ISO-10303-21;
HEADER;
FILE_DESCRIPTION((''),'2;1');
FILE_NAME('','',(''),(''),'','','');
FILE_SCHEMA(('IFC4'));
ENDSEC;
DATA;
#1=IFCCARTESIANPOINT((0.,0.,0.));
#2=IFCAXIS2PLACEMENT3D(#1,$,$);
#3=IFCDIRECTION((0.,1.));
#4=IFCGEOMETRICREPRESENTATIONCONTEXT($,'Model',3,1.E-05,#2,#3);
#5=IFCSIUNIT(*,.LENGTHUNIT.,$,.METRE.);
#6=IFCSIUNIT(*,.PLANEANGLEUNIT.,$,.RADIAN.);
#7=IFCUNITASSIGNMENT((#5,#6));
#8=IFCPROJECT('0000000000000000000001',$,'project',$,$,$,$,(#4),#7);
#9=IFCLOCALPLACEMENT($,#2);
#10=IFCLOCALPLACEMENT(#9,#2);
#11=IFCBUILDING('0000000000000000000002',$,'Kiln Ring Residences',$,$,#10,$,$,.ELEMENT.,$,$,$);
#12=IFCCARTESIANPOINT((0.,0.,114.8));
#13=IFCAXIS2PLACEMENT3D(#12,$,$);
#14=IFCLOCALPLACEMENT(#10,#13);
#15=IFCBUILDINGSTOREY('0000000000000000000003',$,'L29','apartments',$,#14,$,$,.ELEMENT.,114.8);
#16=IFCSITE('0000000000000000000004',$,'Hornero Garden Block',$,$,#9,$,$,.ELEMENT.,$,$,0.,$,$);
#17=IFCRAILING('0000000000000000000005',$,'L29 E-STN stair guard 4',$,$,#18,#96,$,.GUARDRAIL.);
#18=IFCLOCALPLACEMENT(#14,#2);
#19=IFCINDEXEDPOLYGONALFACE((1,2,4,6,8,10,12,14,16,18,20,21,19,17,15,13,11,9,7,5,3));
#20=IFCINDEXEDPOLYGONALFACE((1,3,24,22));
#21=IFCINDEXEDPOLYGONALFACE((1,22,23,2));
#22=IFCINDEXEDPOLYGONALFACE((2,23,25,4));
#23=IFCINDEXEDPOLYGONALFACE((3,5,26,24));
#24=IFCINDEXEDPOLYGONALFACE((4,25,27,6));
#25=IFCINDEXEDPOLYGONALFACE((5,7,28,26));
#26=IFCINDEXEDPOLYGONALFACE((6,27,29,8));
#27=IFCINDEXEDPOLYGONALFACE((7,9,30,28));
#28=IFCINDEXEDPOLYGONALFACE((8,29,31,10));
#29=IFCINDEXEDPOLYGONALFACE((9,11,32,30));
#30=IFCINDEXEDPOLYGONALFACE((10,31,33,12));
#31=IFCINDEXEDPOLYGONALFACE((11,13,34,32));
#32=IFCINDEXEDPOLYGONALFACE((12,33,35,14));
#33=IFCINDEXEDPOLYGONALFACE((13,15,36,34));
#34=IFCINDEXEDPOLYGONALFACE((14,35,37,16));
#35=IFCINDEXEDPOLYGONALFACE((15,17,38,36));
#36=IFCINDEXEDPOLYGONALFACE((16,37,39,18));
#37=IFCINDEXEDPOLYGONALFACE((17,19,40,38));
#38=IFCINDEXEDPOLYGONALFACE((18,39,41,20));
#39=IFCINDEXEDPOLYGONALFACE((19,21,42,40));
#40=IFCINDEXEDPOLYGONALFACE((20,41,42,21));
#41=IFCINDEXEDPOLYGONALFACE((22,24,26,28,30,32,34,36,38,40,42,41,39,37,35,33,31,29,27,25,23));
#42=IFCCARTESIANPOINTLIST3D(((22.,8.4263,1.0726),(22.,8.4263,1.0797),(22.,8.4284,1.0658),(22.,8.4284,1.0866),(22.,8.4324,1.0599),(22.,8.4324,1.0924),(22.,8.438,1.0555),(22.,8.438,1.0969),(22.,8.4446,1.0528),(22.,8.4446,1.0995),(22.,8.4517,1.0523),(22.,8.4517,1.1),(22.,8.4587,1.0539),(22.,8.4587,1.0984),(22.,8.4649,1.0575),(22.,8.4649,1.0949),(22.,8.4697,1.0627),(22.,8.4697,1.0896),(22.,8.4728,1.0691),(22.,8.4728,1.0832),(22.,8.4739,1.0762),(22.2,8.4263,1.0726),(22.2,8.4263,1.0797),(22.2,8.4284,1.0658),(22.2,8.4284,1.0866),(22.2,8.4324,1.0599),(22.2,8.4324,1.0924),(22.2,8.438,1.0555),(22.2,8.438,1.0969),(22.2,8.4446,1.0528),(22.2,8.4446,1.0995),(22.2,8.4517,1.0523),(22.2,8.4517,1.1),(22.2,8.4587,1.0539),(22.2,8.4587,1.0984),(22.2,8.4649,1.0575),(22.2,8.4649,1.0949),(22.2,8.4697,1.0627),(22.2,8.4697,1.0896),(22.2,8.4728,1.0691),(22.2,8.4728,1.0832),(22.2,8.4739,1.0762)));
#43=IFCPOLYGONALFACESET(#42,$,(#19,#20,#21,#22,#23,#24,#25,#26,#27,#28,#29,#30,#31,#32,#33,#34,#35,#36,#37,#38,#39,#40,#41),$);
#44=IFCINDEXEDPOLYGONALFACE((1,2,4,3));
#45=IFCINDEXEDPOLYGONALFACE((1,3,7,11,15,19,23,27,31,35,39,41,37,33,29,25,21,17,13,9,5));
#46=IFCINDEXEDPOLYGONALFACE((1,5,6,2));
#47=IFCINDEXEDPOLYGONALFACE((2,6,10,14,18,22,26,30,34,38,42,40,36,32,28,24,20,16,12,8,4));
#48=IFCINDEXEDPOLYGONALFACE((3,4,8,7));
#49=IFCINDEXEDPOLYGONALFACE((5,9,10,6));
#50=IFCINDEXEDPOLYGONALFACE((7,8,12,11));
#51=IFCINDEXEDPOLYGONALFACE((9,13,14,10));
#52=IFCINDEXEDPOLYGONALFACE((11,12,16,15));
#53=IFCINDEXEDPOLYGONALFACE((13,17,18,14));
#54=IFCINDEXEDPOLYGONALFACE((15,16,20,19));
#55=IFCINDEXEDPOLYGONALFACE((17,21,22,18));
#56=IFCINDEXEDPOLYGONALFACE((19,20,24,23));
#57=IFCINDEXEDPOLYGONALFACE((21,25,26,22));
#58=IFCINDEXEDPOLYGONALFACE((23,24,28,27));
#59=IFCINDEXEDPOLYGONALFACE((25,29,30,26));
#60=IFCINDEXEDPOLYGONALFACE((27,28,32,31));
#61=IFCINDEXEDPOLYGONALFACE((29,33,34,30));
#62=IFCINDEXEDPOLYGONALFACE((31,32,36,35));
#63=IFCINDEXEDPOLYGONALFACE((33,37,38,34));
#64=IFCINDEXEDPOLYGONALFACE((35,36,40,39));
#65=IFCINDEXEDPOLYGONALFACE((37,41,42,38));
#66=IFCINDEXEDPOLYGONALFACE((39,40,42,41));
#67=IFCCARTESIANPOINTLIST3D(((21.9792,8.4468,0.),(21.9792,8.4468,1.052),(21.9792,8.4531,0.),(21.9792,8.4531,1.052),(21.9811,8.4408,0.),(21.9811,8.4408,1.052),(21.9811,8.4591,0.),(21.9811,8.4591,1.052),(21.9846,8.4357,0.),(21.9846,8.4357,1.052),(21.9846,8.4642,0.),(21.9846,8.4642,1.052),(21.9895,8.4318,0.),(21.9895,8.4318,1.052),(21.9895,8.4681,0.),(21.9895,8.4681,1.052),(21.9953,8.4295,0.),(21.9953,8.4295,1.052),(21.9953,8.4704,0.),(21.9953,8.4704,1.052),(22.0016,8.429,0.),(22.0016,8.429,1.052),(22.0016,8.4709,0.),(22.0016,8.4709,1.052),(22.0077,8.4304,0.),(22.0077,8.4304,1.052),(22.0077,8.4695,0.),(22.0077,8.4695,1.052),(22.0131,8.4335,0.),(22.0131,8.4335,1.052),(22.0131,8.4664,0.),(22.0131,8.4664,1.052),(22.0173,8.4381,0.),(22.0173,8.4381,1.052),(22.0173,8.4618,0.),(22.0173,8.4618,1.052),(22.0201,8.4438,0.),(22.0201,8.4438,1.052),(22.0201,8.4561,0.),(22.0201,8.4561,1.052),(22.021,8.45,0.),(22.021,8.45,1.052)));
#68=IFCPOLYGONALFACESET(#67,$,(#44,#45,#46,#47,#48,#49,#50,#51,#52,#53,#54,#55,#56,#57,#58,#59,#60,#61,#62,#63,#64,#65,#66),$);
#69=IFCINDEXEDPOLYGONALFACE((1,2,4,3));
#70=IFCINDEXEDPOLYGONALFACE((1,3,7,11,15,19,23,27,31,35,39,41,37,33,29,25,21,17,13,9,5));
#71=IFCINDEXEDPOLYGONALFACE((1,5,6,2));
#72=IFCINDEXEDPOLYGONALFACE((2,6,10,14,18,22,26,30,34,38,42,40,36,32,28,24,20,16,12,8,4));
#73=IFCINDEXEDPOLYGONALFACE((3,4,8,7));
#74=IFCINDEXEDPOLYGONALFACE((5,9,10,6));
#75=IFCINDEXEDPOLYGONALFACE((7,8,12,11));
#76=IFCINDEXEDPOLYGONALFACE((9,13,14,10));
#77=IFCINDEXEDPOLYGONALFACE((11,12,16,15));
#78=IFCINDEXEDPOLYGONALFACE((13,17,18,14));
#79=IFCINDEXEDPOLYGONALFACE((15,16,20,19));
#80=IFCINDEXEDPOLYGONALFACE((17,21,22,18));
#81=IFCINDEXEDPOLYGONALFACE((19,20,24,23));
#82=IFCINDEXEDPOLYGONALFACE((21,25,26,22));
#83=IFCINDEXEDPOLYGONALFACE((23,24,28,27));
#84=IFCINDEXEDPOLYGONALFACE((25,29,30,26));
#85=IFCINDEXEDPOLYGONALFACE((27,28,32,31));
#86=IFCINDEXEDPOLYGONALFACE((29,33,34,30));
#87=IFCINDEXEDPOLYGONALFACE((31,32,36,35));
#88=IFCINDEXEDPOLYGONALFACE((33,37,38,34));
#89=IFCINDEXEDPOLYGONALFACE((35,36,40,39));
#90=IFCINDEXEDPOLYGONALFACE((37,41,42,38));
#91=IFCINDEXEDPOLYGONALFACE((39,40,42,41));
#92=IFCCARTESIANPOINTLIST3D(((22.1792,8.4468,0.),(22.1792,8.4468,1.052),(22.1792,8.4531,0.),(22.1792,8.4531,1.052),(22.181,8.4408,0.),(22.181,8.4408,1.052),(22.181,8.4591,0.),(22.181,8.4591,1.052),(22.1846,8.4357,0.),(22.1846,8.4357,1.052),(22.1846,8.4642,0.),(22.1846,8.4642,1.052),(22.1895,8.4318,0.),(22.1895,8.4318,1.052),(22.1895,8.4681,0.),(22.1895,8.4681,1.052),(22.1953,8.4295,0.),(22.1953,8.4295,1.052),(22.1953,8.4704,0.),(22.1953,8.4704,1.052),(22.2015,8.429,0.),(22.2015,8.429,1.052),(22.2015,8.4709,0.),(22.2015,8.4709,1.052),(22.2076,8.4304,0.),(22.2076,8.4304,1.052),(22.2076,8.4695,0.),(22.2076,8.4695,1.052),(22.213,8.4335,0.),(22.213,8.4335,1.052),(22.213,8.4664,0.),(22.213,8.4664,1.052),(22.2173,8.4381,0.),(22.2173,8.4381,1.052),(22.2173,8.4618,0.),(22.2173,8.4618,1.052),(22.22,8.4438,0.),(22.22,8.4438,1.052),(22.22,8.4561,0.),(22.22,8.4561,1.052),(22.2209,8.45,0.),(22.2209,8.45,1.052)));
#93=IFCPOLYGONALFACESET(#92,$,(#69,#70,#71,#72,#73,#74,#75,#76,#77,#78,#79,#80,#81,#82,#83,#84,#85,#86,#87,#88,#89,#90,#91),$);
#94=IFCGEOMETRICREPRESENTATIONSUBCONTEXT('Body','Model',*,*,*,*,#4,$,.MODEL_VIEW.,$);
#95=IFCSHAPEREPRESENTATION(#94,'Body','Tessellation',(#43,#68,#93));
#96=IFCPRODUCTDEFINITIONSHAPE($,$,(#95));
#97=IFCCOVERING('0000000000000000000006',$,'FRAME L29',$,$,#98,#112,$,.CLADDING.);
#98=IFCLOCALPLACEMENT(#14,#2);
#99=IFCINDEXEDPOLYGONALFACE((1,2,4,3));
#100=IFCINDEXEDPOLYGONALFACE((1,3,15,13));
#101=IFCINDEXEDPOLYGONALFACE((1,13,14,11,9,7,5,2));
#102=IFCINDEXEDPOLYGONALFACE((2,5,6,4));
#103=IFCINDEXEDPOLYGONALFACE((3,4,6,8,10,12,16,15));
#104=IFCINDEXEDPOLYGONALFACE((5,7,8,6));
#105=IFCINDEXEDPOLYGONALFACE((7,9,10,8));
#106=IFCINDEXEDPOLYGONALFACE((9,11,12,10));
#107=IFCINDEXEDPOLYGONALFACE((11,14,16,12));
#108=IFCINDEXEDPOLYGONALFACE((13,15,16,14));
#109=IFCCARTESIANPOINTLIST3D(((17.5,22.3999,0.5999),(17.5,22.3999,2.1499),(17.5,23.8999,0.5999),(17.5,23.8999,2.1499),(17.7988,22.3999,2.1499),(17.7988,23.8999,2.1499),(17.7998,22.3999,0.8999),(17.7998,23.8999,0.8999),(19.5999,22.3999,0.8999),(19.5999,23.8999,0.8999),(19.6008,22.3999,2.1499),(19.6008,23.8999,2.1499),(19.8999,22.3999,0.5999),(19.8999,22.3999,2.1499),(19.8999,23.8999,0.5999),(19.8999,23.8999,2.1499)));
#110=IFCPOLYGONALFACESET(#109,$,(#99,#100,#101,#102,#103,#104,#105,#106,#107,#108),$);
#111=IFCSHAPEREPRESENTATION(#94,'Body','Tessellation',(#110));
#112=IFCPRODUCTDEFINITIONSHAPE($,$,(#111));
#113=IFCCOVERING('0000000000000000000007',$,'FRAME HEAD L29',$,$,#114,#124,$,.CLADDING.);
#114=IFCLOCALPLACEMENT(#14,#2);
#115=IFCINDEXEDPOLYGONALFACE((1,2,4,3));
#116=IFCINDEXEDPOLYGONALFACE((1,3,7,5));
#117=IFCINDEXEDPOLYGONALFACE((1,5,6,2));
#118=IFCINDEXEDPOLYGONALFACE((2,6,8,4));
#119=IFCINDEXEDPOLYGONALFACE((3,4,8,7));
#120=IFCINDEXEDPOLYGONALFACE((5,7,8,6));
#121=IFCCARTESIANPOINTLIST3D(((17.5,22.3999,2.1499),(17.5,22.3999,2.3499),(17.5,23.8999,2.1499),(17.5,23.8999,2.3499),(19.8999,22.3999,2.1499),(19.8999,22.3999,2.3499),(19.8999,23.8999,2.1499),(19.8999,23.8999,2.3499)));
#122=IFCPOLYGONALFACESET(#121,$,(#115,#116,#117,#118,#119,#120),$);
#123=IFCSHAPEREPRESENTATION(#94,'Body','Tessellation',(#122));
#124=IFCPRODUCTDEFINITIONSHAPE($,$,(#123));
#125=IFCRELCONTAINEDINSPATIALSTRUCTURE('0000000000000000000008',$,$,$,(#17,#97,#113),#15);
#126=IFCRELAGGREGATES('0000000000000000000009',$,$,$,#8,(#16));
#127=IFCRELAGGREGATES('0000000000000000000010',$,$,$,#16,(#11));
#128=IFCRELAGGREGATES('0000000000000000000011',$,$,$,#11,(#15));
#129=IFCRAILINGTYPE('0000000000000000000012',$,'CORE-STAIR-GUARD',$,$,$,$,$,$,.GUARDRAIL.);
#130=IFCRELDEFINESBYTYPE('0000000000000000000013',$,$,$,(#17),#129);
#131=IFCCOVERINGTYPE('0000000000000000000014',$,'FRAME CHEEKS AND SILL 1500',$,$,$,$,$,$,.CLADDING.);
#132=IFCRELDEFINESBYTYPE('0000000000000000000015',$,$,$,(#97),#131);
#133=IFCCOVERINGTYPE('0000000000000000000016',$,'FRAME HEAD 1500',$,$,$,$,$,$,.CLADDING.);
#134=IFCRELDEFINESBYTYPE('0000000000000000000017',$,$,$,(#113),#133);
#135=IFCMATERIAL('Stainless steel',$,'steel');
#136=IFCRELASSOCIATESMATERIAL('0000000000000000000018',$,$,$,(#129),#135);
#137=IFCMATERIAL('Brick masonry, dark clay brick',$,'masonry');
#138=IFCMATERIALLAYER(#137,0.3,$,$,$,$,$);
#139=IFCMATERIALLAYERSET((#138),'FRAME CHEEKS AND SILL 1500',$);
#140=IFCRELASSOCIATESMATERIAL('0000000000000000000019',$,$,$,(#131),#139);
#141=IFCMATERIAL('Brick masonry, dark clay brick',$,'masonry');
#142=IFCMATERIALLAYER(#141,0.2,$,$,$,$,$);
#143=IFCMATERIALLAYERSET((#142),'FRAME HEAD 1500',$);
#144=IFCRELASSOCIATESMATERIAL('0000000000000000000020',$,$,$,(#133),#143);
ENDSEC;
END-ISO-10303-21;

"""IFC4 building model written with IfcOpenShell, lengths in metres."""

from ifc_helpers import new_model, si_unit, direction, frame, origin, origin_2d, place, context, subcontext, project, spatial, polyline, rectangle, circle, outline, extrude, material, layer, layer_set, type_object, element, save


model = new_model("IFC4")

# Units and contexts
model_context = context("Model", 3, precision=1e-05, world=origin(), true_north=direction((0.0, 1.0)))
body_context = subcontext(model_context, "Body", "Model", "MODEL_VIEW")
ifc_project = project(units=[si_unit("LENGTHUNIT", "METRE"), si_unit("PLANEANGLEUNIT", "RADIAN")], contexts=[model_context])

# Site, building, storey
site_placement = place(None, origin())
site = spatial("IfcSite", under=ifc_project, at=site_placement, Name="Hornero Garden Block", CompositionType="ELEMENT", RefElevation=0.0)
building_placement = place(site_placement, origin())
building = spatial("IfcBuilding", under=site, at=building_placement, Name="Kiln Ring Residences", CompositionType="ELEMENT")
storey_placement = place(building_placement, frame((0.0, 0.0, 114.8)))
storey = spatial("IfcBuildingStorey", under=building, at=storey_placement, Name="L29", Description="apartments", CompositionType="ELEMENT", Elevation=114.8)

# Railing
ifc_material_1 = material(Name="Stainless steel", Category="steel")
railing_type = type_object("IfcRailingType", Name="CORE-STAIR-GUARD", PredefinedType="GUARDRAIL", material=ifc_material_1)
railing_placement = place(storey_placement, frame((22.0, 8.45, 0.0)))
element("IfcRailing", 1, at=railing_placement, inside=storey, type_object=railing_type, Name="L29 E-STN stair guard 4", PredefinedType="GUARDRAIL", context=body_context, shape_type="SweptSolid", body=[
    extrude(circle(Radius=0.0239, at=origin_2d()), frame((0.0, 0.0, 1.0762), z_axis=(1.0, 0.0, 0.0), x_axis=(0.0, 1.0, 0.0)), (0.0, 0.0, 1.0), 0.2),
    extrude(circle(Radius=0.021, at=origin_2d()), origin(), (0.0, 0.0, 1.0), 1.052),
    extrude(circle(Radius=0.021, at=origin_2d()), frame((0.2, 0.0, 0.0)), (0.0, 0.0, 1.0), 1.052),
])

# Coverings
ifc_material_2 = material(Name="Brick masonry, dark clay brick", Category="masonry")
ifc_layer_1 = layer(ifc_material_2, 0.3)
ifc_layer_set_1 = layer_set([ifc_layer_1], Name="FRAME CHEEKS AND SILL 1500")
covering_type_1 = type_object("IfcCoveringType", Name="FRAME CHEEKS AND SILL 1500", PredefinedType="CLADDING", material=ifc_layer_set_1)
covering_1_placement = place(storey_placement, frame((19.8999, 23.1499, 0.5999), z_axis=(0.0, 0.0, 1.0), x_axis=(-1.0, 0.0, 0.0)))
element("IfcCovering", 2, at=covering_1_placement, inside=storey, type_object=covering_type_1, Name="FRAME L29", PredefinedType="CLADDING", context=body_context, shape_type="SweptSolid", body=[
    extrude(outline(polyline([(0.0, 0.0), (2.3999, 0.0), (2.3999, 1.55), (2.1011, 1.55), (2.1001, 0.3), (0.3, 0.3), (0.2991, 1.55), (0.0, 1.55), (0.0, 0.0)])), frame((0.0, 0.75, 0.0), z_axis=(0.0, -1.0, 0.0), x_axis=(1.0, 0.0, 0.0)), (0.0, 0.0, 1.0), 1.5),
])
ifc_material_3 = material(Name="Brick masonry, dark clay brick", Category="masonry")
ifc_layer_2 = layer(ifc_material_3, 0.2)
ifc_layer_set_2 = layer_set([ifc_layer_2], Name="FRAME HEAD 1500")
covering_type_2 = type_object("IfcCoveringType", Name="FRAME HEAD 1500", PredefinedType="CLADDING", material=ifc_layer_set_2)
covering_2_placement = place(storey_placement, frame((18.7, 23.1499, 2.1499), z_axis=(0.0, 0.0, 1.0), x_axis=(-1.0, 0.0, 0.0)))
element("IfcCovering", 3, at=covering_2_placement, inside=storey, type_object=covering_type_2, Name="FRAME HEAD L29", PredefinedType="CLADDING", context=body_context, shape_type="SweptSolid", body=[
    extrude(rectangle(XDim=2.3999, YDim=1.5, at=origin_2d()), origin(), (0.0, 0.0, 1.0), 0.2),
])

save(model, "model.ifc")
